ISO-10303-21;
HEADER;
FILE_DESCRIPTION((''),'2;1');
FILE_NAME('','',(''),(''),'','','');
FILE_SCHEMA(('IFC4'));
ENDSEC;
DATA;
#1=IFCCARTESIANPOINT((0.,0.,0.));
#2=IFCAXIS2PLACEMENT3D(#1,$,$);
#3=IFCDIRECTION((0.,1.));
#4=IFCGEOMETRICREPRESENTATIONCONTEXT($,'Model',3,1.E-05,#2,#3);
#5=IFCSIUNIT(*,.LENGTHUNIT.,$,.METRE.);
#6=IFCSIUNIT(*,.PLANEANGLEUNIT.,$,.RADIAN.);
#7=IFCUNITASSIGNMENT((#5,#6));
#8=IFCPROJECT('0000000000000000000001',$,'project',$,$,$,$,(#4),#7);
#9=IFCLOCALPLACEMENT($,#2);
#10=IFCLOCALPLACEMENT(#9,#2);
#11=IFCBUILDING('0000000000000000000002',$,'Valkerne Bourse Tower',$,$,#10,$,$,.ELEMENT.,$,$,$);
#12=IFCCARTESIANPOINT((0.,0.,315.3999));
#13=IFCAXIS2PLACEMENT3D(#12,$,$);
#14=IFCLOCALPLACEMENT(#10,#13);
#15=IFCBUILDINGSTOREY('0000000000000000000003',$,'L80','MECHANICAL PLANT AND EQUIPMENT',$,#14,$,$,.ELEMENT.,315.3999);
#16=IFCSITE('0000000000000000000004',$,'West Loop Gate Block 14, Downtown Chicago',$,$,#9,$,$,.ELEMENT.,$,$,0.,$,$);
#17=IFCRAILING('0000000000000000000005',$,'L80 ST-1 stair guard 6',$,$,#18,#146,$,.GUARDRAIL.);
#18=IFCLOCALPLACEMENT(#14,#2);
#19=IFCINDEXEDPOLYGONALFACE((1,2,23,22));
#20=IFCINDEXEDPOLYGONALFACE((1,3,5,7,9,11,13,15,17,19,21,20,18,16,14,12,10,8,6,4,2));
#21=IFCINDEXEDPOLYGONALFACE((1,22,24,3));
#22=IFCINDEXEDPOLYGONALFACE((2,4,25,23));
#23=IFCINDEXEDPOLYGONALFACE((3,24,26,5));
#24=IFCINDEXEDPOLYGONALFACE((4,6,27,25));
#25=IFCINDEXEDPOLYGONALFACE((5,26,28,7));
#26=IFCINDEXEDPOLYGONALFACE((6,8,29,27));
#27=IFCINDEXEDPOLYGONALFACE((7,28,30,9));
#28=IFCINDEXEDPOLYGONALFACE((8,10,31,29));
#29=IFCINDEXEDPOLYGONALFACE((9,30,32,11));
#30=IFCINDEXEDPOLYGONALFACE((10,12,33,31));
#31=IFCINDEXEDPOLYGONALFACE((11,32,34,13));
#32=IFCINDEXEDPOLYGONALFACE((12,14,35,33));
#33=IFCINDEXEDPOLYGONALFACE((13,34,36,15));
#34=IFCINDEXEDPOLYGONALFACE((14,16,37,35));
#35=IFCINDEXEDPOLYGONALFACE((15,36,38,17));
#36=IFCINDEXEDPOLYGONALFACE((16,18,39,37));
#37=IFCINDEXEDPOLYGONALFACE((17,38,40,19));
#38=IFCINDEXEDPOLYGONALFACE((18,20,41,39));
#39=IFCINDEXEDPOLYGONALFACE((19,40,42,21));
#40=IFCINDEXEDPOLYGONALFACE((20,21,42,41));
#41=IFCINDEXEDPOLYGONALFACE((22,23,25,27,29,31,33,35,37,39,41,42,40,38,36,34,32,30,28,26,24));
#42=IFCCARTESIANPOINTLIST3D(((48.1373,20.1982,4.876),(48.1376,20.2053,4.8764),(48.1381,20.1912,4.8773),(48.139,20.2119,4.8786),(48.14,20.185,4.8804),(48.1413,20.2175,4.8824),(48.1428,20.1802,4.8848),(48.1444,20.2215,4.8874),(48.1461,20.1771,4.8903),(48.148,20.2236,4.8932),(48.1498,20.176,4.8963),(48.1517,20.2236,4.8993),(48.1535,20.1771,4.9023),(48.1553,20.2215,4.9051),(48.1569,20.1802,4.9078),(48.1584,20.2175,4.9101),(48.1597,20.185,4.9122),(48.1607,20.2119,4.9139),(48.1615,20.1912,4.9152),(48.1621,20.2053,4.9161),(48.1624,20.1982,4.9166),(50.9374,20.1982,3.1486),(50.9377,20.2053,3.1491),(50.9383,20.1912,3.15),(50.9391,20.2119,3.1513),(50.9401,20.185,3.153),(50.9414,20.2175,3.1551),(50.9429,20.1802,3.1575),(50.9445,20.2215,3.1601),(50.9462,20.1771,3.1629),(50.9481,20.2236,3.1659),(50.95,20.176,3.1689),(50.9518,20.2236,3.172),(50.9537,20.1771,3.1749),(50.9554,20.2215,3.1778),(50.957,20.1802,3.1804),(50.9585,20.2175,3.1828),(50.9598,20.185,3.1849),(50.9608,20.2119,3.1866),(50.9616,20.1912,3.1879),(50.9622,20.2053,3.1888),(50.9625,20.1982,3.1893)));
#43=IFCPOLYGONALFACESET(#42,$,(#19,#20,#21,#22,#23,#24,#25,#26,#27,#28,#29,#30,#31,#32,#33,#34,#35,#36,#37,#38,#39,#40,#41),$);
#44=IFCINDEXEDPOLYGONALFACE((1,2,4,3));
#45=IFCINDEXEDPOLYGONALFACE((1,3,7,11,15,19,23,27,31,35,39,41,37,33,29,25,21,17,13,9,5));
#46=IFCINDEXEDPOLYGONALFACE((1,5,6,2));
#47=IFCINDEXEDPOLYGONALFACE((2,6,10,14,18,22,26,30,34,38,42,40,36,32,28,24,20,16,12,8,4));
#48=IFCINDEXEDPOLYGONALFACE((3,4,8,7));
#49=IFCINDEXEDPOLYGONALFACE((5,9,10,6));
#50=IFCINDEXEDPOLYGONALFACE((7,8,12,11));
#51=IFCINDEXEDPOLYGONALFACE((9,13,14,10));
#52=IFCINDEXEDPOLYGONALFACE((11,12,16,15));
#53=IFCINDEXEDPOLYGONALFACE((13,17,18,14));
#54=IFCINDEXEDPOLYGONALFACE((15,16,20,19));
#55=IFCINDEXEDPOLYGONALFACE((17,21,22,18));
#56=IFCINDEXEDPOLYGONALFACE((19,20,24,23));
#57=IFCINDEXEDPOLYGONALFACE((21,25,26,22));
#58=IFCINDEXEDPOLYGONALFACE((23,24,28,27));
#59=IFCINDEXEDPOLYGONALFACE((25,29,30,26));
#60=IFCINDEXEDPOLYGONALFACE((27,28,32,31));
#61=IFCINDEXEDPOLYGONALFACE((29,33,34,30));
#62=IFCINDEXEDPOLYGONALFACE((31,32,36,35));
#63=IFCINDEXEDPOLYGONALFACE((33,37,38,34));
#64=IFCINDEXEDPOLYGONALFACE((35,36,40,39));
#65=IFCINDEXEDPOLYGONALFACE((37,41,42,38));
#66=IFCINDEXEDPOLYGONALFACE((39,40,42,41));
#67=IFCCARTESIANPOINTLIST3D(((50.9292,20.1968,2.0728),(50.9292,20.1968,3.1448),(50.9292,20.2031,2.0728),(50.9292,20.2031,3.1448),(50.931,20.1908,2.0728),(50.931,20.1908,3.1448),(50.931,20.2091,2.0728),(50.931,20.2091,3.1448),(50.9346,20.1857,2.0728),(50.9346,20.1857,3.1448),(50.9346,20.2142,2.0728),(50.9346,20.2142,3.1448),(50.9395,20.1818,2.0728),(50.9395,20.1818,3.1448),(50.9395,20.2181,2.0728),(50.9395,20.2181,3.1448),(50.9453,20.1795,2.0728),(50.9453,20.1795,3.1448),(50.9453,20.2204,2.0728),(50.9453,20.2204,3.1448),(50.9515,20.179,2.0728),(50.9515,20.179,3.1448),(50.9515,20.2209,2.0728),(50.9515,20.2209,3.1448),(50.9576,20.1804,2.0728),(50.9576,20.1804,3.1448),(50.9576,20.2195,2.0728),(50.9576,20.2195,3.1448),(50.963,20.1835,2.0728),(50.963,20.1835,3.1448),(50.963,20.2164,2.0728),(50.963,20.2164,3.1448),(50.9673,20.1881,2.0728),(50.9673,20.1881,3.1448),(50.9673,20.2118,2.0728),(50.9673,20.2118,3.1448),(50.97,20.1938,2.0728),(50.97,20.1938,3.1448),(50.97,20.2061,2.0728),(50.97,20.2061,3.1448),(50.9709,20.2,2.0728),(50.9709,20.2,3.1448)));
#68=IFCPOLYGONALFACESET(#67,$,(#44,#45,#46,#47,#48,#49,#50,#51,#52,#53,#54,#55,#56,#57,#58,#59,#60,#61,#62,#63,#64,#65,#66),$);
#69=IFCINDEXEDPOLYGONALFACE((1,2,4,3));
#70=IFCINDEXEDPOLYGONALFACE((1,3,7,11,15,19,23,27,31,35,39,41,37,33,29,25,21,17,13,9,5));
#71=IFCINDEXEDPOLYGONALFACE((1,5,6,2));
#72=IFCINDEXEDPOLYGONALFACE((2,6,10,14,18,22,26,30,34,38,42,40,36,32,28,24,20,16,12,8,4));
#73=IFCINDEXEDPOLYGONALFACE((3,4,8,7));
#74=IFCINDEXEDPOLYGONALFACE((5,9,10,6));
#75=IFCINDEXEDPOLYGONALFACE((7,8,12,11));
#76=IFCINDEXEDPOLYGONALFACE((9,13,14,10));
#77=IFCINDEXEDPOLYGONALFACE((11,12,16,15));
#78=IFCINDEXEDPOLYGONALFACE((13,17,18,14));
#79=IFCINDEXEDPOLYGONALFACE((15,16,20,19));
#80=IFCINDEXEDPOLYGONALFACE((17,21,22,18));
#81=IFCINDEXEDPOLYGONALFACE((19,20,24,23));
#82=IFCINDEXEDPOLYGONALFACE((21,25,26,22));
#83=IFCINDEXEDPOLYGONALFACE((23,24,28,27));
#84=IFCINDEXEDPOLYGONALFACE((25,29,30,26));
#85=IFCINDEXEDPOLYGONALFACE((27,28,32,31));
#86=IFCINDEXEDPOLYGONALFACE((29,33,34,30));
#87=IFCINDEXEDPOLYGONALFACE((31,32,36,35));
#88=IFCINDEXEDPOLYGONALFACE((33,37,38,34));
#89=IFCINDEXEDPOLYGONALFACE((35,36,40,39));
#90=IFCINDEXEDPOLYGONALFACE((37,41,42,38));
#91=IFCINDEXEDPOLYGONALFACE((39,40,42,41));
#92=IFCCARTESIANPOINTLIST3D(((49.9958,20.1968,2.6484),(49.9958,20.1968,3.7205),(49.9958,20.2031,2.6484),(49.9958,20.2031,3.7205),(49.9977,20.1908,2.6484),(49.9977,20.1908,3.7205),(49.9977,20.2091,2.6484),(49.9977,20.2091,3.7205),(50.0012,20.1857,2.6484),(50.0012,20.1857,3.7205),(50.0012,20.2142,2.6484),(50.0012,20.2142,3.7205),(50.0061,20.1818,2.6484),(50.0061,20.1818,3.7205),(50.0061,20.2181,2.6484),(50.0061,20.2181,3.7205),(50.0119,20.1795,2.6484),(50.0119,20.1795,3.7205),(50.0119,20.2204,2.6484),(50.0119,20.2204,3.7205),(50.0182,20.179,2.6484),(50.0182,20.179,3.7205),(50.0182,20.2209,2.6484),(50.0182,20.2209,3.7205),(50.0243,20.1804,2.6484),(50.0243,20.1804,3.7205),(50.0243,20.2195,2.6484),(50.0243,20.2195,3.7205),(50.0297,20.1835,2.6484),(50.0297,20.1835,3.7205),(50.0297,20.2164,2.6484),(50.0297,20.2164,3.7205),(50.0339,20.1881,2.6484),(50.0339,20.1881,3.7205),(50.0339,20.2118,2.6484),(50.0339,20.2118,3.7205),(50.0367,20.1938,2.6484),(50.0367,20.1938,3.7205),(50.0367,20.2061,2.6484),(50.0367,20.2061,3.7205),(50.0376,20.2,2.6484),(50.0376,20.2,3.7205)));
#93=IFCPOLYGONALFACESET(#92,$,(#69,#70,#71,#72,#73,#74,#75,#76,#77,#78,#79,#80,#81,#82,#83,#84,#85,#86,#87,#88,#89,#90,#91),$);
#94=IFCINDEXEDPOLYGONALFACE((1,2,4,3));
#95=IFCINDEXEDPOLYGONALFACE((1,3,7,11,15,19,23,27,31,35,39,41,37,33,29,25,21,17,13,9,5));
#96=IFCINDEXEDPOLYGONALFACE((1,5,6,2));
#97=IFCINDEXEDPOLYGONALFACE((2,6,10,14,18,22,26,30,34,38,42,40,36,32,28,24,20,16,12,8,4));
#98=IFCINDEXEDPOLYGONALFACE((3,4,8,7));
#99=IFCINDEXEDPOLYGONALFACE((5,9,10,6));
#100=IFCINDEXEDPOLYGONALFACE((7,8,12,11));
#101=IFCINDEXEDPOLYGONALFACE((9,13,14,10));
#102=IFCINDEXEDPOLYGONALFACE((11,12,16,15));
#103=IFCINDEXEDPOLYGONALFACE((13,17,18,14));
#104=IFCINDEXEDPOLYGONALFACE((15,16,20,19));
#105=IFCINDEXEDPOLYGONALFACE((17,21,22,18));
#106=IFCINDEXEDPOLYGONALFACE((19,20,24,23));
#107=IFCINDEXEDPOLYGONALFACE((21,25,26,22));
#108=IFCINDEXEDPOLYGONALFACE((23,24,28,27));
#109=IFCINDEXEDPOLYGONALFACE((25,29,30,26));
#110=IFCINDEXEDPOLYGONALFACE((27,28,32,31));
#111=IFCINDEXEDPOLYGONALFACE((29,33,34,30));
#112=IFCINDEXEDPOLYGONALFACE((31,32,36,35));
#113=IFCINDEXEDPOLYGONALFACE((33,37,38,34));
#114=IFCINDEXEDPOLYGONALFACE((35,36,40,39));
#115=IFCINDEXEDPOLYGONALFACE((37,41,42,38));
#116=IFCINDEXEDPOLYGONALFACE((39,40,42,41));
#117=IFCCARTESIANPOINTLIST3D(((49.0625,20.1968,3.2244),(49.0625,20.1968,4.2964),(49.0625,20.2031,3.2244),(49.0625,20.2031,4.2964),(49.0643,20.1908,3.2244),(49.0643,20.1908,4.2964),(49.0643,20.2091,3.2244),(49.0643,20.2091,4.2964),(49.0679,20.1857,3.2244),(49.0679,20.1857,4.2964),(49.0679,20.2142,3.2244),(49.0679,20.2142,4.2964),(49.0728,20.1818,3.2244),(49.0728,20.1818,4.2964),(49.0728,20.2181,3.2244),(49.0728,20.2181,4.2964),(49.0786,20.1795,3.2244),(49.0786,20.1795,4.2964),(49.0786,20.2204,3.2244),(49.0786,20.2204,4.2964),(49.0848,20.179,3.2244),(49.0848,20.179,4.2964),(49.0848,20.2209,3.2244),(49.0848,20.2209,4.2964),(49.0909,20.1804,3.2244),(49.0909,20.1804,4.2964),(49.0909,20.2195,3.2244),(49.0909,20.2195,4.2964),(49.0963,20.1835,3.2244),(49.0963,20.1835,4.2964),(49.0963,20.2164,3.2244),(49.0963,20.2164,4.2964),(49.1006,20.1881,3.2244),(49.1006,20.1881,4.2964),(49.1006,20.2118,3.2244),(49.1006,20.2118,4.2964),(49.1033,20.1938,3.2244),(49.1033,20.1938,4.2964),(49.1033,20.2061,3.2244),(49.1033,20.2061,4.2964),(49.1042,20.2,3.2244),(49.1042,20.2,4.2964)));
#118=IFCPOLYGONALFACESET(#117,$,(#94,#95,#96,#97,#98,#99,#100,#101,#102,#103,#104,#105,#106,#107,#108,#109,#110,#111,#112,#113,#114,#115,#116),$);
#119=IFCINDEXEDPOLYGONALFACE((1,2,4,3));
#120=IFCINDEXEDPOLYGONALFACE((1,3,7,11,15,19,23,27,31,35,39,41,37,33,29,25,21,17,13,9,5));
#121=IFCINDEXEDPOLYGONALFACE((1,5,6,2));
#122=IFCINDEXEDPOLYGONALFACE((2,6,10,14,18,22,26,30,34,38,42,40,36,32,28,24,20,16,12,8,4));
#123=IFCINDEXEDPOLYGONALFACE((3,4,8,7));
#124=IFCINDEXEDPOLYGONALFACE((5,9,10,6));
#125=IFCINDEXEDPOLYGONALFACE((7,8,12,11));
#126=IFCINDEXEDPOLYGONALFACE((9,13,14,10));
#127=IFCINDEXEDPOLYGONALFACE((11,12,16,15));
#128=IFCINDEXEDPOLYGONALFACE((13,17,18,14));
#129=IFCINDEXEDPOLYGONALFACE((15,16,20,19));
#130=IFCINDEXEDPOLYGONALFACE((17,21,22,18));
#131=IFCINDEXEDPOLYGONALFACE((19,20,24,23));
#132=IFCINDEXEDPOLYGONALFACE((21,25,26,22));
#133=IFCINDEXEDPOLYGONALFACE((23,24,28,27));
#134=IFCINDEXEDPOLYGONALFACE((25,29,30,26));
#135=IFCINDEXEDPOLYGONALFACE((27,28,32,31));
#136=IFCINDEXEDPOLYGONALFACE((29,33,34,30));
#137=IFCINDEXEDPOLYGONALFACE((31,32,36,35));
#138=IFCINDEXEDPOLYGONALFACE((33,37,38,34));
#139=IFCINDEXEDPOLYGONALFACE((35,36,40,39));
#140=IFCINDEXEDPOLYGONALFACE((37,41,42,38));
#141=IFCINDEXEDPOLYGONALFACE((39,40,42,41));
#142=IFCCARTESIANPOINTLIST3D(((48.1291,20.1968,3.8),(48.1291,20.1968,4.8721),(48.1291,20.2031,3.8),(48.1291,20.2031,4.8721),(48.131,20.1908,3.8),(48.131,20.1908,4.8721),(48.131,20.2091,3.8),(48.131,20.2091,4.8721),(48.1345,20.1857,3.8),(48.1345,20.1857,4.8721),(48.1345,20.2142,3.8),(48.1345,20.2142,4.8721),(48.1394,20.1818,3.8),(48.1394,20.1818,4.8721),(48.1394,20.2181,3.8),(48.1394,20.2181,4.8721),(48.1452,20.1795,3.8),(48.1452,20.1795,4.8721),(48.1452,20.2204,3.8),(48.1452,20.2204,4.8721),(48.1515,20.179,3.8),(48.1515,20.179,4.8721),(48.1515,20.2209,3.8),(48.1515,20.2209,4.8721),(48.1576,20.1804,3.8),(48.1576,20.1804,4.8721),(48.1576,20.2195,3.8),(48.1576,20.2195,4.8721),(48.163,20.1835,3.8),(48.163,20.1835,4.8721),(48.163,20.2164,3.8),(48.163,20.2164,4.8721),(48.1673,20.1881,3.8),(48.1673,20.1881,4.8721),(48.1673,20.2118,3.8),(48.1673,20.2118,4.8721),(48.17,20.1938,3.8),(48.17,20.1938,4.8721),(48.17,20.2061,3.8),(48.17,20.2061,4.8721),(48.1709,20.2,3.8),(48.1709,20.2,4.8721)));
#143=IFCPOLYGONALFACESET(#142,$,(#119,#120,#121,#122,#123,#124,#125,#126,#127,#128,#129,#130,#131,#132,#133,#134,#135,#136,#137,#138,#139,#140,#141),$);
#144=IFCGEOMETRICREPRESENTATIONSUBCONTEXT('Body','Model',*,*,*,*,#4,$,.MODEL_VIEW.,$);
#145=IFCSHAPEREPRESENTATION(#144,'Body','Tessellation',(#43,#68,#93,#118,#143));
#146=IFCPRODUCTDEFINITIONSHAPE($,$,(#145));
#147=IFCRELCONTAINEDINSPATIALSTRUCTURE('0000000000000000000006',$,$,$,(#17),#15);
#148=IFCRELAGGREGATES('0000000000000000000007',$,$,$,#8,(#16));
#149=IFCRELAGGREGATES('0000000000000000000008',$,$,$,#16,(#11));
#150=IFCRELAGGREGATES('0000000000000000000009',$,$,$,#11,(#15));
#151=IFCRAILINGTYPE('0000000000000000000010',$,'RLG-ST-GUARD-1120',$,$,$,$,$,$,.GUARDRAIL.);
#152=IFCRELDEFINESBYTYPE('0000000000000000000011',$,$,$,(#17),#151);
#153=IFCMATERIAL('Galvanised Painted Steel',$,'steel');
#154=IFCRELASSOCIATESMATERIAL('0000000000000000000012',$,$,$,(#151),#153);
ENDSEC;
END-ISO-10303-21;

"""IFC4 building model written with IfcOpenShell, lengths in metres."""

from ifc_helpers import new_model, si_unit, direction, frame, origin, origin_2d, place, context, subcontext, project, spatial, circle, extrude, material, type_object, element, save


model = new_model("IFC4")

# Units and contexts
model_context = context("Model", 3, precision=1e-05, world=origin(), true_north=direction((0.0, 1.0)))
body_context = subcontext(model_context, "Body", "Model", "MODEL_VIEW")
ifc_project = project(units=[si_unit("LENGTHUNIT", "METRE"), si_unit("PLANEANGLEUNIT", "RADIAN")], contexts=[model_context])

# Site, building, storey
site_placement = place(None, origin())
site = spatial("IfcSite", under=ifc_project, at=site_placement, Name="West Loop Gate Block 14, Downtown Chicago", CompositionType="ELEMENT", RefElevation=0.0)
building_placement = place(site_placement, origin())
building = spatial("IfcBuilding", under=site, at=building_placement, Name="Valkerne Bourse Tower", CompositionType="ELEMENT")
storey_placement = place(building_placement, frame((0.0, 0.0, 315.3999)))
storey = spatial("IfcBuildingStorey", under=building, at=storey_placement, Name="L80", Description="MECHANICAL PLANT AND EQUIPMENT", CompositionType="ELEMENT", Elevation=315.3999)

# Railing
ifc_material_1 = material(Name="Galvanised Painted Steel", Category="steel")
railing_type_1 = type_object("IfcRailingType", Name="RLG-ST-GUARD-1120", PredefinedType="GUARDRAIL", material=ifc_material_1)
railing_1_placement = place(storey_placement, frame((50.95, 20.2, 2.0728)))
element("IfcRailing", 1, at=railing_1_placement, inside=storey, type_object=railing_type_1, Name="L80 ST-1 stair guard 6", PredefinedType="GUARDRAIL", context=body_context, shape_type="SweptSolid", body=[
    extrude(circle(Radius=0.0239, at=origin_2d()), frame((0.0, 0.0, 1.0962), z_axis=(-0.85109, 0.0, 0.52502), x_axis=(0.0, -1.0, 0.0)), (0.0, 0.0, 1.0), 3.29),
    extrude(circle(Radius=0.021, at=origin_2d()), origin(), (0.0, 0.0, 1.0), 1.072),
    extrude(circle(Radius=0.021, at=origin_2d()), frame((-0.9333, 0.0, 0.5757)), (0.0, 0.0, 1.0), 1.072),
    extrude(circle(Radius=0.021, at=origin_2d()), frame((-1.8667, 0.0, 1.1516)), (0.0, 0.0, 1.0), 1.072),
    extrude(circle(Radius=0.021, at=origin_2d()), frame((-2.8, 0.0, 1.7273)), (0.0, 0.0, 1.0), 1.072),
])

save(model, "model.ifc")
